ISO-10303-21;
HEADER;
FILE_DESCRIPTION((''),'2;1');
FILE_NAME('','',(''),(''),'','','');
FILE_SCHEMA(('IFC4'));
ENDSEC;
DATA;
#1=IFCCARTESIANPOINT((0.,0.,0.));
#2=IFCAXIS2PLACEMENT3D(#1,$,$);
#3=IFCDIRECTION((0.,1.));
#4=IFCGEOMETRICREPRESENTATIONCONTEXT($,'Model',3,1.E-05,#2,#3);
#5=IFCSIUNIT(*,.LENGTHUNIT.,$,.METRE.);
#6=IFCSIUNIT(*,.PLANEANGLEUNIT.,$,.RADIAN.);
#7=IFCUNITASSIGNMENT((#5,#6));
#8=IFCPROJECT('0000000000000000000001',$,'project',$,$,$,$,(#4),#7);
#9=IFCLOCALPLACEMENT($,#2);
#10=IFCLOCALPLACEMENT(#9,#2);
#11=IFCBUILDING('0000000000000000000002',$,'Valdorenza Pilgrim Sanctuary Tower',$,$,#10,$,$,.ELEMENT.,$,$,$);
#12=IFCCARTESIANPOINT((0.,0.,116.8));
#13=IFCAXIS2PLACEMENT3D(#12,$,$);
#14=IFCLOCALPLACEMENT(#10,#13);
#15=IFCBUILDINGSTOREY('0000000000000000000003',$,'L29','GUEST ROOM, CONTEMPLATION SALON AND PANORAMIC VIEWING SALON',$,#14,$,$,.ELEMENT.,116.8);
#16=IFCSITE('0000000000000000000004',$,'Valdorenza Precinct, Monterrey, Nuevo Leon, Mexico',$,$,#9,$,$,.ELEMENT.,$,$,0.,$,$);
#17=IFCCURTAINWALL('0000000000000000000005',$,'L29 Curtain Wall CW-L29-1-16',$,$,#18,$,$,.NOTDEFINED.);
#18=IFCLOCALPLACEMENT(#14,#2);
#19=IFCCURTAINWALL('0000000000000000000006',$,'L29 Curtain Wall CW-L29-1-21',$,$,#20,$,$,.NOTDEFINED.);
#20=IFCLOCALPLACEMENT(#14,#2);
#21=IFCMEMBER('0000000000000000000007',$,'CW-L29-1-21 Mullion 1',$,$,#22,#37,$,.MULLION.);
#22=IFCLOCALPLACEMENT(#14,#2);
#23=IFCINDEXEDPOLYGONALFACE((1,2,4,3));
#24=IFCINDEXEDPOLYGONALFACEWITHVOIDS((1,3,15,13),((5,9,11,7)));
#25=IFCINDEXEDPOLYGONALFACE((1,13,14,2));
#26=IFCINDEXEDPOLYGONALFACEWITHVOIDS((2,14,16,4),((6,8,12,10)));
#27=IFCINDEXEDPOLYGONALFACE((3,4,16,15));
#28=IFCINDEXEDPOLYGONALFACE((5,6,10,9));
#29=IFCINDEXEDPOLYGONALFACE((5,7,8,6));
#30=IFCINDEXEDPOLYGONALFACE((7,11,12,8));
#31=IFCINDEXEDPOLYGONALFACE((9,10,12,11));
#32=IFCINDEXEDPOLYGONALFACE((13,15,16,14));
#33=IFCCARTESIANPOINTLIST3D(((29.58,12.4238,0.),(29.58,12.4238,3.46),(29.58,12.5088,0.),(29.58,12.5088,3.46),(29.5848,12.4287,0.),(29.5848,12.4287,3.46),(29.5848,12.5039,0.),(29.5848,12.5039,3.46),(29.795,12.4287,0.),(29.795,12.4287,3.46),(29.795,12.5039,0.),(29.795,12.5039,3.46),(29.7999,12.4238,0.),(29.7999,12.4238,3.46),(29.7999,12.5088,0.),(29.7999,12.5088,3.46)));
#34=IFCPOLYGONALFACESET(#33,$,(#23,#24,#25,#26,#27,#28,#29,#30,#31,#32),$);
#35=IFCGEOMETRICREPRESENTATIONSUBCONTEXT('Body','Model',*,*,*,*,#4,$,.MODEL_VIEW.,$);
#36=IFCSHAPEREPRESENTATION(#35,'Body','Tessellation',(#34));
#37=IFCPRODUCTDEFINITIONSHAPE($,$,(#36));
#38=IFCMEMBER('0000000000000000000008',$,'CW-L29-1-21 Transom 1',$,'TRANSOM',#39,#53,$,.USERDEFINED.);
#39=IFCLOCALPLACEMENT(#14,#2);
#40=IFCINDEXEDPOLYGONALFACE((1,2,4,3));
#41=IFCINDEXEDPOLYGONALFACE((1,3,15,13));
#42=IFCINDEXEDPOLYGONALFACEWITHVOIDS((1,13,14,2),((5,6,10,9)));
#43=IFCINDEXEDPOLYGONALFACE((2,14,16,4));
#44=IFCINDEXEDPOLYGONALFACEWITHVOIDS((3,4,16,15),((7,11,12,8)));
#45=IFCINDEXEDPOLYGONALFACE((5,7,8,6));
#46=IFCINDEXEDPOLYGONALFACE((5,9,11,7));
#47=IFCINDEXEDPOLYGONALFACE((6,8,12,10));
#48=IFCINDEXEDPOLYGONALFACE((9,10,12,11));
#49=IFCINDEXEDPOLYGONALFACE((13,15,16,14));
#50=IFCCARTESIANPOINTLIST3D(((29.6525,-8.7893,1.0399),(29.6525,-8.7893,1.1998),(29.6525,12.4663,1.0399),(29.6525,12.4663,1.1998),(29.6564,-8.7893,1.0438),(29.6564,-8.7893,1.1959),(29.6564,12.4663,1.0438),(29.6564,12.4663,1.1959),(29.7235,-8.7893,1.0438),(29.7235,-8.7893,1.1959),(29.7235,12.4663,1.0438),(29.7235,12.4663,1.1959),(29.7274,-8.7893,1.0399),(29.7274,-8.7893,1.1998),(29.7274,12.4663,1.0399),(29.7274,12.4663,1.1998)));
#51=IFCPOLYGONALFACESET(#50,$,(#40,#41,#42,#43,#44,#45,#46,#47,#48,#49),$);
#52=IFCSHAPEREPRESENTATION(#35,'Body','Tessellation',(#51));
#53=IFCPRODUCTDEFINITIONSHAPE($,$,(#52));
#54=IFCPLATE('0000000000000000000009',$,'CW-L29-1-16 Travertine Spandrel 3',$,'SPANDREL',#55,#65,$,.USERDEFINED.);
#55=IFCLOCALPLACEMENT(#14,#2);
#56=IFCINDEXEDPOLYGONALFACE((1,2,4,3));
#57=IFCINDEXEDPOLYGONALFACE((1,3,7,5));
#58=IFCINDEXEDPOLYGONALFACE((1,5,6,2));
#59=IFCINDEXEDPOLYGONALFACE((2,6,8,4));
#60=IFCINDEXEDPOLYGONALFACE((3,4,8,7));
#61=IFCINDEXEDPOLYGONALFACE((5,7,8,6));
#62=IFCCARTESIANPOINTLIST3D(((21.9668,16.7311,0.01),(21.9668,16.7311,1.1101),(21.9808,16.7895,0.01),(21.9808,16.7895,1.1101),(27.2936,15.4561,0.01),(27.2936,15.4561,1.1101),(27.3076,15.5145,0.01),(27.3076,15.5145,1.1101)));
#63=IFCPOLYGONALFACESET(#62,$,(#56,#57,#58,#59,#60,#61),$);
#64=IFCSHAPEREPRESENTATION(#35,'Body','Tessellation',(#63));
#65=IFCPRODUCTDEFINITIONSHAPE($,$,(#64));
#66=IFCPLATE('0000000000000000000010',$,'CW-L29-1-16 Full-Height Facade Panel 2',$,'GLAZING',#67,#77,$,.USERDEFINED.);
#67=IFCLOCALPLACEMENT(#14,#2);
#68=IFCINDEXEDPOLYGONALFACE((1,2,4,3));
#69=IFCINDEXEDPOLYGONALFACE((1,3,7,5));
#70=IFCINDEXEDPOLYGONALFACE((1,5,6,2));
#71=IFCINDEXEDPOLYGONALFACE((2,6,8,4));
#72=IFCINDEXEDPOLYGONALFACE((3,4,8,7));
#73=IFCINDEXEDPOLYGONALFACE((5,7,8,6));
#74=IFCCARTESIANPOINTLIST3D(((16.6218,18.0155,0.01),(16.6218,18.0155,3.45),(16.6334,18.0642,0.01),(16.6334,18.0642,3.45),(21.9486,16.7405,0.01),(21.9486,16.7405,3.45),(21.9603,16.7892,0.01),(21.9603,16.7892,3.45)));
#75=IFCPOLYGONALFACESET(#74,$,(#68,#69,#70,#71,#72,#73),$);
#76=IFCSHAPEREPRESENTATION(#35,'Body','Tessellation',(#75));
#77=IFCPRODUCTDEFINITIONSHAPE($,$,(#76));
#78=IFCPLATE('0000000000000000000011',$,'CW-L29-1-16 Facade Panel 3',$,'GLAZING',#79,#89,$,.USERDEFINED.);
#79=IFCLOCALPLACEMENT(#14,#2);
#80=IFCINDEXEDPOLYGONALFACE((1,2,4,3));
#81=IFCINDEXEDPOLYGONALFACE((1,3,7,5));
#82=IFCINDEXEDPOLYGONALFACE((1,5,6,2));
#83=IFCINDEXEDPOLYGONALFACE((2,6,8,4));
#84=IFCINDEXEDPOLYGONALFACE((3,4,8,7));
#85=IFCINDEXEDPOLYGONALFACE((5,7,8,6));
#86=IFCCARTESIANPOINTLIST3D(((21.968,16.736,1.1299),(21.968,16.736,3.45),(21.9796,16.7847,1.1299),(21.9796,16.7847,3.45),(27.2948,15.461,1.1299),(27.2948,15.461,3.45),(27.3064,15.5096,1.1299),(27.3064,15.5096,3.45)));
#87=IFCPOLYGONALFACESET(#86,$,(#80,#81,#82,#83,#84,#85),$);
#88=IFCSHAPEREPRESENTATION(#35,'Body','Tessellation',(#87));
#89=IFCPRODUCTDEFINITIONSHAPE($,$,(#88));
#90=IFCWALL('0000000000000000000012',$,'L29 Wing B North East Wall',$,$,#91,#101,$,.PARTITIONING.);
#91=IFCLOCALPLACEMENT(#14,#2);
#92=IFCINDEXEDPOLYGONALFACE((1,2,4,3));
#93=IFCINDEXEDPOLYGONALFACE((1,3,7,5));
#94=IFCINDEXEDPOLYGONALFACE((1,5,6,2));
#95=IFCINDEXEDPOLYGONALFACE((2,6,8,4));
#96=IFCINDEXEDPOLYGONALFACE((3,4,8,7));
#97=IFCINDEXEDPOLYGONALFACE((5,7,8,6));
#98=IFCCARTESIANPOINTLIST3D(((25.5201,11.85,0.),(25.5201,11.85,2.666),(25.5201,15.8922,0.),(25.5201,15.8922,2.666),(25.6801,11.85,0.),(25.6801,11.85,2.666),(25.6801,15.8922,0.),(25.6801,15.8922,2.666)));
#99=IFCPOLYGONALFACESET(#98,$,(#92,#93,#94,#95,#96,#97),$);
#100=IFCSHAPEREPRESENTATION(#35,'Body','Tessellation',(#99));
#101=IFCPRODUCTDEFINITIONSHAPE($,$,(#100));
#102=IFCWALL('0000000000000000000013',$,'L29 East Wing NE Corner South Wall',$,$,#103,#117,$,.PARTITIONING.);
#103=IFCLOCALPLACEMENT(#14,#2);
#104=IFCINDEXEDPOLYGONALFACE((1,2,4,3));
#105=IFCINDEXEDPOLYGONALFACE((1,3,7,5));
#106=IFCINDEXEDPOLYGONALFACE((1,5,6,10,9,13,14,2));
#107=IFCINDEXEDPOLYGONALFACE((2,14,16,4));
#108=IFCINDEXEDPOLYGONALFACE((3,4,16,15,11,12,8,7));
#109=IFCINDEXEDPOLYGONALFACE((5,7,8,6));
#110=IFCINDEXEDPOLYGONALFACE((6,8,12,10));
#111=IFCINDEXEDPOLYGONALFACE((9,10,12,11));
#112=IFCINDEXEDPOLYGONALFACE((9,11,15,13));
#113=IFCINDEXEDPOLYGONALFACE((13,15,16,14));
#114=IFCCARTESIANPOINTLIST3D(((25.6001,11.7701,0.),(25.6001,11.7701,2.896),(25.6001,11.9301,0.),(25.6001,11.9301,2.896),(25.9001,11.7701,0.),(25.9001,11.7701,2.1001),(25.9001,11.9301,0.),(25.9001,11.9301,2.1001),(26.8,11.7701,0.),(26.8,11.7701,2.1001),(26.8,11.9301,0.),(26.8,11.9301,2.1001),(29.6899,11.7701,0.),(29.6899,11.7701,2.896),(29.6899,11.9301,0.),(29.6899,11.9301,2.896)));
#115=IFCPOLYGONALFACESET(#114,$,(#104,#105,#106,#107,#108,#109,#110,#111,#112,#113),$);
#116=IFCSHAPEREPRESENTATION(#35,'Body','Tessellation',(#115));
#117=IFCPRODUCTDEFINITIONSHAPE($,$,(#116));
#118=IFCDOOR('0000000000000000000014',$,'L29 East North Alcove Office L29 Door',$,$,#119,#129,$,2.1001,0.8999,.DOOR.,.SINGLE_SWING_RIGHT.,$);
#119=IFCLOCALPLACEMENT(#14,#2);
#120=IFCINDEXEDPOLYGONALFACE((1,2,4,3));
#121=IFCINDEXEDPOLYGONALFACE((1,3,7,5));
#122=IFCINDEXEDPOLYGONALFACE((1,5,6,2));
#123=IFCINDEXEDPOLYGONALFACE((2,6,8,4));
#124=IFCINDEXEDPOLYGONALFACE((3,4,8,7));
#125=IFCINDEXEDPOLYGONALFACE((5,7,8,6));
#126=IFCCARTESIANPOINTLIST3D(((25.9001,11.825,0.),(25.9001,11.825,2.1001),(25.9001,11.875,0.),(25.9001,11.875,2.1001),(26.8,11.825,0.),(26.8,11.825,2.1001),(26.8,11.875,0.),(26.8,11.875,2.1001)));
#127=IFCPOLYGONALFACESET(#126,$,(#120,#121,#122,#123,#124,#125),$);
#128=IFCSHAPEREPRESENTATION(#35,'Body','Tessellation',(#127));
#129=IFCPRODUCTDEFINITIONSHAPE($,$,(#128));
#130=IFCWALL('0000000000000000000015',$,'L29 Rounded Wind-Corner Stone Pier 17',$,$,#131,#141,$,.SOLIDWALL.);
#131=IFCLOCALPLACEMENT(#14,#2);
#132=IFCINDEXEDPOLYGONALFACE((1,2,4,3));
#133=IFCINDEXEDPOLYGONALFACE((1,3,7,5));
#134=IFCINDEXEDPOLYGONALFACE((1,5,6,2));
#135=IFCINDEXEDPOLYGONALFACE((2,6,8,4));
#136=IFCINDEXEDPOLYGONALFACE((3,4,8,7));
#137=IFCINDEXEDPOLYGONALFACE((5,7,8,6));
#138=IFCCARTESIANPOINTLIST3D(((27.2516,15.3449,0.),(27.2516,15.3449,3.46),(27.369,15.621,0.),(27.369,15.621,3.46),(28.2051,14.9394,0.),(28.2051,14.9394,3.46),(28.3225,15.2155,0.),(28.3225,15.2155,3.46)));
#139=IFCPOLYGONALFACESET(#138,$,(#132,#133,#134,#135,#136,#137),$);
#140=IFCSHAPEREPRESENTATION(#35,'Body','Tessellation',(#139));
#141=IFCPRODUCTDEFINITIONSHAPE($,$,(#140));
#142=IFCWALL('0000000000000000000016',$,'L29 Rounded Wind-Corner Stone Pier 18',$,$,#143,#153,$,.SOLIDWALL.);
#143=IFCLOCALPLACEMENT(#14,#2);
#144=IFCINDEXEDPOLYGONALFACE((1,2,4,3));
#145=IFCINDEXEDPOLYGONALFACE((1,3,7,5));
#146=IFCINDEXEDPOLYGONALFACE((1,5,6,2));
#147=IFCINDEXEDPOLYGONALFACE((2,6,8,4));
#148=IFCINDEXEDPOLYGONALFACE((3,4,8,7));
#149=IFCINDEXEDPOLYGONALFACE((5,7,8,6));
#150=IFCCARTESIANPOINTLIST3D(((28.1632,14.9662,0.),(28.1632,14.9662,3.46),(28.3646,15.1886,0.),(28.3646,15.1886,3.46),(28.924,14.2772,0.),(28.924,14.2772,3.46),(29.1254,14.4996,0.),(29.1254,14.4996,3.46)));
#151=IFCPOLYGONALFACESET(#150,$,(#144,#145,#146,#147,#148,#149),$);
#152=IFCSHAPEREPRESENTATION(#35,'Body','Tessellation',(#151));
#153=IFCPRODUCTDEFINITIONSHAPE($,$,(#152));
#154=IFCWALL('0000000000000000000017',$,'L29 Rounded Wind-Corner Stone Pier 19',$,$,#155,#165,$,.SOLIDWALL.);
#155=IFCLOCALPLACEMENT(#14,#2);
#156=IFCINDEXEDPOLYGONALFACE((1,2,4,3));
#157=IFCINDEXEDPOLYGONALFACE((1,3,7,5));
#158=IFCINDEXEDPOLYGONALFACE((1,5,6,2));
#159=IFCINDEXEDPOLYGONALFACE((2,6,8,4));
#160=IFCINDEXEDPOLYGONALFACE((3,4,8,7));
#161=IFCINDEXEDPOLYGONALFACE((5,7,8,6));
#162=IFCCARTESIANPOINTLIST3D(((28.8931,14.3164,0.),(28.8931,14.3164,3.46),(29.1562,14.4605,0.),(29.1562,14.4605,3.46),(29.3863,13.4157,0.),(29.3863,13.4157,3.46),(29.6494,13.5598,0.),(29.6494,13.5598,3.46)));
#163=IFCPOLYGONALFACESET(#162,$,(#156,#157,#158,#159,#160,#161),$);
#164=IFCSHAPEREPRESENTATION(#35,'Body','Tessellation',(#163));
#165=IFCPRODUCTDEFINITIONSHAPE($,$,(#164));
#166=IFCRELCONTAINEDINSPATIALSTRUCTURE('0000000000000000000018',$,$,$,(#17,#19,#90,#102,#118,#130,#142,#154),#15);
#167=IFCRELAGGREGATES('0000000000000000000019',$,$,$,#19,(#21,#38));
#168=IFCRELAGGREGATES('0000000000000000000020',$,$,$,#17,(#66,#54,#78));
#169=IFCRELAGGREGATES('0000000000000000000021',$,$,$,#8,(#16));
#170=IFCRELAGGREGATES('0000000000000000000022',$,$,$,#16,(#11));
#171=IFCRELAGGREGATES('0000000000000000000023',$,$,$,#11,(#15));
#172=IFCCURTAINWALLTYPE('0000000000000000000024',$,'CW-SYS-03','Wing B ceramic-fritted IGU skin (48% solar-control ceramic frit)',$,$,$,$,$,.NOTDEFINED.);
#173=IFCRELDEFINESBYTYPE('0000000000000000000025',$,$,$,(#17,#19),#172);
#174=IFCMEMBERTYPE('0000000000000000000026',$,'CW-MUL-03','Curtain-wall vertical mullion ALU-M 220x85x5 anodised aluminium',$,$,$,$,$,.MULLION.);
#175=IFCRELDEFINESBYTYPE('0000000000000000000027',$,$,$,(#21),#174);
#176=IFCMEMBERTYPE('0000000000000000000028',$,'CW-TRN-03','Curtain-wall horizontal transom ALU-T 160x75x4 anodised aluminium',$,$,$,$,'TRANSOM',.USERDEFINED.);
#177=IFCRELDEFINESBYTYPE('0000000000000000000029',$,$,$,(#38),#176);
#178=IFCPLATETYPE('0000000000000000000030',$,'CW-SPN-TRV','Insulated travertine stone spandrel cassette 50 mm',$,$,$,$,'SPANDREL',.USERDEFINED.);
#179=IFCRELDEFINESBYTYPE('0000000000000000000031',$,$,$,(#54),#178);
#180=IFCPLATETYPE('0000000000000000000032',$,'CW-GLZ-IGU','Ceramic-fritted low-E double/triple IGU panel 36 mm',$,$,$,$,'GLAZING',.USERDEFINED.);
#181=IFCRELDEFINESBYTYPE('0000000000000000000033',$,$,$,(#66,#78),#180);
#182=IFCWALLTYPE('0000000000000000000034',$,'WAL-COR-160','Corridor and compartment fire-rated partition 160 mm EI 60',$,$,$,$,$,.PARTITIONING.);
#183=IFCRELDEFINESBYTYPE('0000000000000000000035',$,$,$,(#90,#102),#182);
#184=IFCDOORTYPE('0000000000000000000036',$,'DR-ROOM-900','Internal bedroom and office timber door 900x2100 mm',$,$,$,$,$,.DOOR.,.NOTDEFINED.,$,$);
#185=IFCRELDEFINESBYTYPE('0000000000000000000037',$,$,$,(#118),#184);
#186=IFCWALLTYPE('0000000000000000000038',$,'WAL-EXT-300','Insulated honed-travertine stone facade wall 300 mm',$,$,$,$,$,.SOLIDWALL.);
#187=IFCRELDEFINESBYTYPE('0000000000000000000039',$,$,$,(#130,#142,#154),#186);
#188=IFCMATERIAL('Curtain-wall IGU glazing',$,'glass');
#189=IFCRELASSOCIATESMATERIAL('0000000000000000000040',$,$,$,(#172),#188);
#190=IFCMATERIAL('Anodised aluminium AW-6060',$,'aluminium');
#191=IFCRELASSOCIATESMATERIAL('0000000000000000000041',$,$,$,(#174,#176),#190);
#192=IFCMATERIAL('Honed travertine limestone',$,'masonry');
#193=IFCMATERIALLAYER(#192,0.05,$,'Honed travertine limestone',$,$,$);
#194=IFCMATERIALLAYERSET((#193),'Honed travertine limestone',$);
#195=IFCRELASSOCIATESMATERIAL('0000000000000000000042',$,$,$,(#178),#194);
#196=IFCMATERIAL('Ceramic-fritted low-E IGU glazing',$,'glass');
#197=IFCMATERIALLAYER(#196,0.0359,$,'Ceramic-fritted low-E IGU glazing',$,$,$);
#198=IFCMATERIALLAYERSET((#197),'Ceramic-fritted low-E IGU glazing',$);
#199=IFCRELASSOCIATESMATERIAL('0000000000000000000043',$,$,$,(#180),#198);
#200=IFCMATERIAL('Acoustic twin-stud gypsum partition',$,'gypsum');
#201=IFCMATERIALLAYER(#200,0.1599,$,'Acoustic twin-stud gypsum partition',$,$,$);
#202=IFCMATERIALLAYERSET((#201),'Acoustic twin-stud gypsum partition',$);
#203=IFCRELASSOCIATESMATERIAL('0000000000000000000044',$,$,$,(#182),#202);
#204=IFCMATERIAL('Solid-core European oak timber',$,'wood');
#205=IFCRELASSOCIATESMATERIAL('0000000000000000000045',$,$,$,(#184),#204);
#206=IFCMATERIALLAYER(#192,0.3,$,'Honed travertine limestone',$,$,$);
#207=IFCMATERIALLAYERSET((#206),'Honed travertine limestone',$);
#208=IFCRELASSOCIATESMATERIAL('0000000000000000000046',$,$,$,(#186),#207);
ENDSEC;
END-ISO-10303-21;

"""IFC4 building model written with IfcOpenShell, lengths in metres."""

from ifc_helpers import new_model, si_unit, direction, frame, frame_2d, origin, origin_2d, place, context, subcontext, project, spatial, rectangle, hollow_rectangle, extrude, source, transform, mapped, material, layer, layer_set, material_profile, profile_set, type_object, element, fill, aggregate, save


model = new_model("IFC4")

# Units and contexts
model_context = context("Model", 3, precision=1e-05, world=origin(), true_north=direction((0.0, 1.0)))
body_context = subcontext(model_context, "Body", "Model", "MODEL_VIEW")
ifc_project = project(units=[si_unit("LENGTHUNIT", "METRE"), si_unit("PLANEANGLEUNIT", "RADIAN")], contexts=[model_context])

# Site, building, storey
site_placement = place(None, origin())
site = spatial("IfcSite", under=ifc_project, at=site_placement, Name="Valdorenza Precinct, Monterrey, Nuevo Leon, Mexico", CompositionType="ELEMENT", RefElevation=0.0)
building_placement = place(site_placement, origin())
building = spatial("IfcBuilding", under=site, at=building_placement, Name="Valdorenza Pilgrim Sanctuary Tower", CompositionType="ELEMENT")
storey_placement = place(building_placement, frame((0.0, 0.0, 116.8)))
storey = spatial("IfcBuildingStorey", under=building, at=storey_placement, Name="L29", Description="GUEST ROOM, CONTEMPLATION SALON AND PANORAMIC VIEWING SALON", CompositionType="ELEMENT", Elevation=116.8)

# Curtain walls, members
ifc_material_1 = material(Name="Curtain-wall IGU glazing", Category="glass")
curtain_wall_type = type_object("IfcCurtainWallType", Name="CW-SYS-03", Description="Wing B ceramic-fritted IGU skin (48% solar-control ceramic frit)", PredefinedType="NOTDEFINED", material=ifc_material_1)
curtain_wall_1_placement = place(storey_placement, origin())
curtain_wall_1 = element("IfcCurtainWall", 1, at=curtain_wall_1_placement, inside=storey, type_object=curtain_wall_type, Name="L29 Curtain Wall CW-L29-1-16", PredefinedType="NOTDEFINED")
ifc_material_2 = material(Name="Anodised aluminium AW-6060", Category="aluminium")
ifc_material_profile_1 = material_profile(ifc_material_2, hollow_rectangle(XDim=0.085, YDim=0.22, WallThickness=0.0049, at=origin_2d()), Name="ALU-M 220x85x5")
ifc_profile_set_1 = profile_set([ifc_material_profile_1], Name="Anodised aluminium AW-6060")
member_type_1 = type_object("IfcMemberType", Name="CW-MUL-03", Description="Curtain-wall vertical mullion ALU-M 220x85x5 anodised aluminium", PredefinedType="MULLION", material=ifc_profile_set_1)
shared_shape_1 = source(origin(), body_context, "Body", "SweptSolid", [
    extrude(hollow_rectangle(XDim=0.085, YDim=0.22, WallThickness=0.0049, at=origin_2d()), origin(), (0.0, 0.0, 1.0), 3.46),
])
curtain_wall_2_placement = place(storey_placement, origin())
curtain_wall_2 = element("IfcCurtainWall", 2, at=curtain_wall_2_placement, inside=storey, type_object=curtain_wall_type, Name="L29 Curtain Wall CW-L29-1-21", PredefinedType="NOTDEFINED")
member_1_placement = place(storey_placement, frame((29.6899, 12.4663, 0.0), z_axis=(0.0, 0.0, 1.0), x_axis=(0.0, -1.0, 0.0)))
member_1 = element("IfcMember", 3, at=member_1_placement, type_object=member_type_1, Name="CW-L29-1-21 Mullion 1", PredefinedType="MULLION", context=body_context, shape_type="MappedRepresentation", body=[
    mapped(shared_shape_1, transform((0.0, 0.0, 0.0), x_axis=(1.0, 0.0, 0.0), y_axis=(0.0, 1.0, 0.0), z_axis=(0.0, 0.0, 1.0), scale=1.0)),
])
ifc_material_profile_2 = material_profile(ifc_material_2, hollow_rectangle(XDim=0.075, YDim=0.1599, WallThickness=0.0039, at=origin_2d()), Name="ALU-T 160x75x4")
ifc_profile_set_2 = profile_set([ifc_material_profile_2], Name="Anodised aluminium AW-6060")
member_type_2 = type_object("IfcMemberType", Name="CW-TRN-03", Description="Curtain-wall horizontal transom ALU-T 160x75x4 anodised aluminium", ElementType="TRANSOM", PredefinedType="USERDEFINED", material=ifc_profile_set_2)
shared_shape_2 = source(origin(), body_context, "Body", "SweptSolid", [
    extrude(hollow_rectangle(XDim=0.075, YDim=0.1599, WallThickness=0.0039, at=origin_2d()), origin(), (0.0, 0.0, 1.0), 21.2556),
])
member_2_placement = place(storey_placement, frame((29.6899, 12.4663, 1.1199), z_axis=(0.0, -1.0, 0.0), x_axis=(1.0, 0.0, 0.0)))
member_2 = element("IfcMember", 4, at=member_2_placement, type_object=member_type_2, Name="CW-L29-1-21 Transom 1", ObjectType="TRANSOM", PredefinedType="USERDEFINED", context=body_context, shape_type="MappedRepresentation", body=[
    mapped(shared_shape_2, transform((0.0, 0.0, 0.0), x_axis=(1.0, 0.0, 0.0), y_axis=(0.0, 1.0, 0.0), z_axis=(0.0, 0.0, 1.0), scale=1.0)),
])
aggregate(curtain_wall_2, [member_1, member_2])

# Plates
ifc_material_3 = material(Name="Honed travertine limestone", Category="masonry")
ifc_layer_1 = layer(ifc_material_3, 0.05, Name="Honed travertine limestone")
ifc_layer_set_1 = layer_set([ifc_layer_1], Name="Honed travertine limestone")
plate_type_1 = type_object("IfcPlateType", Name="CW-SPN-TRV", Description="Insulated travertine stone spandrel cassette 50 mm", ElementType="SPANDREL", PredefinedType="USERDEFINED", material=ifc_layer_set_1)
shared_shape_3 = source(origin(), body_context, "Body", "SweptSolid", [
    extrude(rectangle(XDim=5.4773, YDim=0.0601, at=origin_2d()), origin(), (0.0, 0.0, 1.0), 1.1001),
])
plate_1_placement = place(storey_placement, frame((24.6372, 16.1228, 0.01), z_axis=(0.0, 0.0, 1.0), x_axis=(0.972529, -0.232783, 0.0)))
plate_1 = element("IfcPlate", 5, at=plate_1_placement, type_object=plate_type_1, Name="CW-L29-1-16 Travertine Spandrel 3", ObjectType="SPANDREL", PredefinedType="USERDEFINED", context=body_context, shape_type="MappedRepresentation", body=[
    mapped(shared_shape_3, transform((0.0, 0.0, 0.0), x_axis=(1.0, 0.0, 0.0), y_axis=(0.0, 1.0, 0.0), z_axis=(0.0, 0.0, 1.0), scale=1.0)),
])
ifc_material_4 = material(Name="Ceramic-fritted low-E IGU glazing", Category="glass")
ifc_layer_2 = layer(ifc_material_4, 0.0359, Name="Ceramic-fritted low-E IGU glazing")
ifc_layer_set_2 = layer_set([ifc_layer_2], Name="Ceramic-fritted low-E IGU glazing")
plate_type_2 = type_object("IfcPlateType", Name="CW-GLZ-IGU", Description="Ceramic-fritted low-E double/triple IGU panel 36 mm", ElementType="GLAZING", PredefinedType="USERDEFINED", material=ifc_layer_set_2)
shared_shape_4 = source(origin(), body_context, "Body", "SweptSolid", [
    extrude(rectangle(XDim=5.4773, YDim=0.05, at=origin_2d()), origin(), (0.0, 0.0, 1.0), 3.4399),
])
plate_2_placement = place(storey_placement, frame((19.291, 17.4023, 0.01), z_axis=(0.0, 0.0, 1.0), x_axis=(0.972529, -0.232783, 0.0)))
plate_2 = element("IfcPlate", 6, at=plate_2_placement, type_object=plate_type_2, Name="CW-L29-1-16 Full-Height Facade Panel 2", ObjectType="GLAZING", PredefinedType="USERDEFINED", context=body_context, shape_type="MappedRepresentation", body=[
    mapped(shared_shape_4, transform((0.0, 0.0, 0.0), x_axis=(1.0, 0.0, 0.0), y_axis=(0.0, 1.0, 0.0), z_axis=(0.0, 0.0, 1.0), scale=1.0)),
])
shared_shape_5 = source(origin(), body_context, "Body", "SweptSolid", [
    extrude(rectangle(XDim=5.4773, YDim=0.05, at=origin_2d()), origin(), (0.0, 0.0, 1.0), 2.3201),
])
plate_3_placement = place(storey_placement, frame((24.6372, 16.1228, 1.1299), z_axis=(0.0, 0.0, 1.0), x_axis=(0.972529, -0.232783, 0.0)))
plate_3 = element("IfcPlate", 7, at=plate_3_placement, type_object=plate_type_2, Name="CW-L29-1-16 Facade Panel 3", ObjectType="GLAZING", PredefinedType="USERDEFINED", context=body_context, shape_type="MappedRepresentation", body=[
    mapped(shared_shape_5, transform((0.0, 0.0, 0.0), x_axis=(1.0, 0.0, 0.0), y_axis=(0.0, 1.0, 0.0), z_axis=(0.0, 0.0, 1.0), scale=1.0)),
])
aggregate(curtain_wall_1, [plate_2, plate_1, plate_3])

# Wall
ifc_material_5 = material(Name="Acoustic twin-stud gypsum partition", Category="gypsum")
ifc_layer_3 = layer(ifc_material_5, 0.1599, Name="Acoustic twin-stud gypsum partition")
ifc_layer_set_3 = layer_set([ifc_layer_3], Name="Acoustic twin-stud gypsum partition")
wall_type_1 = type_object("IfcWallType", Name="WAL-COR-160", Description="Corridor and compartment fire-rated partition 160 mm EI 60", PredefinedType="PARTITIONING", material=ifc_layer_set_3)
wall_1_placement = place(storey_placement, frame((25.6001, 11.8501, 0.0), z_axis=(0.0, 0.0, 1.0), x_axis=(0.0, 1.0, 0.0)))
element("IfcWall", 8, at=wall_1_placement, inside=storey, type_object=wall_type_1, Name="L29 Wing B North East Wall", PredefinedType="PARTITIONING", context=body_context, shape_type="SweptSolid", body=[
    extrude(rectangle(XDim=4.0422, YDim=0.1599, at=frame_2d((2.021, 0.0))), origin(), (0.0, 0.0, 1.0), 2.666),
])

# Wall, opening, door
wall_2_placement = place(storey_placement, frame((25.6001, 11.8501, 0.0), z_axis=(0.0, 0.0, 1.0), x_axis=(1.0, 0.0, 0.0)))
wall_2 = element("IfcWall", 9, at=wall_2_placement, inside=storey, type_object=wall_type_1, Name="L29 East Wing NE Corner South Wall", PredefinedType="PARTITIONING", context=body_context, shape_type="SweptSolid", body=[
    extrude(rectangle(XDim=4.0898, YDim=0.1599, at=frame_2d((2.0449, 0.0))), origin(), (0.0, 0.0, 1.0), 2.896),
])
opening_1_placement = place(wall_2_placement, frame((0.3, 0.0, 0.0)))
opening_1 = element("IfcOpeningElement", 10, at=opening_1_placement, cuts=wall_2, PredefinedType="OPENING", context=body_context, shape_type="SweptSolid", body=[
    extrude(rectangle(XDim=0.8999, YDim=2.1001, at=frame_2d((0.45, 1.05))), frame((0.0, 0.0947, 0.0), z_axis=(0.0, -1.0, 0.0), x_axis=(1.0, 0.0, 0.0)), (0.0, 0.0, 1.0), 0.1897),
])
ifc_material_6 = material(Name="Solid-core European oak timber", Category="wood")
door_type_1 = type_object("IfcDoorType", Name="DR-ROOM-900", Description="Internal bedroom and office timber door 900x2100 mm", OperationType="NOTDEFINED", PredefinedType="DOOR", material=ifc_material_6)
door_1_placement = place(opening_1_placement, origin())
door_1 = element("IfcDoor", 11, at=door_1_placement, inside=storey, type_object=door_type_1, Name="L29 East North Alcove Office L29 Door", OperationType="SINGLE_SWING_RIGHT", OverallHeight=2.1001, OverallWidth=0.8999, PredefinedType="DOOR", context=body_context, shape_type="SweptSolid", body=[
    extrude(rectangle(XDim=0.8999, YDim=2.1001, at=frame_2d((0.45, 1.05))), frame((0.0, 0.0249, 0.0), z_axis=(0.0, -1.0, 0.0), x_axis=(1.0, 0.0, 0.0)), (0.0, 0.0, 1.0), 0.05),
])
fill(opening_1, door_1)

# Walls
ifc_layer_4 = layer(ifc_material_3, 0.3, Name="Honed travertine limestone")
ifc_layer_set_4 = layer_set([ifc_layer_4], Name="Honed travertine limestone")
wall_type_2 = type_object("IfcWallType", Name="WAL-EXT-300", Description="Insulated honed-travertine stone facade wall 300 mm", PredefinedType="SOLIDWALL", material=ifc_layer_set_4)
wall_3_placement = place(storey_placement, frame((27.3103, 15.4829, 0.0), z_axis=(0.0, 0.0, 1.0), x_axis=(0.92025, -0.39133, 0.0)))
element("IfcWall", 12, at=wall_3_placement, inside=storey, type_object=wall_type_2, Name="L29 Rounded Wind-Corner Stone Pier 17", PredefinedType="SOLIDWALL", context=body_context, shape_type="SweptSolid", body=[
    extrude(rectangle(XDim=1.0361, YDim=0.3, at=frame_2d((0.5181, 0.0))), origin(), (0.0, 0.0, 1.0), 3.46),
])
wall_4_placement = place(storey_placement, frame((28.2639, 15.0774, 0.0), z_axis=(0.0, 0.0, 1.0), x_axis=(0.741209, -0.671275, 0.0)))
element("IfcWall", 13, at=wall_4_placement, inside=storey, type_object=wall_type_2, Name="L29 Rounded Wind-Corner Stone Pier 18", PredefinedType="SOLIDWALL", context=body_context, shape_type="SweptSolid", body=[
    extrude(rectangle(XDim=1.0264, YDim=0.3, at=frame_2d((0.5132, 0.0))), origin(), (0.0, 0.0, 1.0), 3.46),
])
wall_5_placement = place(storey_placement, frame((29.0247, 14.3884, 0.0), z_axis=(0.0, 0.0, 1.0), x_axis=(0.480284, -0.877113, 0.0)))
element("IfcWall", 14, at=wall_5_placement, inside=storey, type_object=wall_type_2, Name="L29 Rounded Wind-Corner Stone Pier 19", PredefinedType="SOLIDWALL", context=body_context, shape_type="SweptSolid", body=[
    extrude(rectangle(XDim=1.0269, YDim=0.3, at=frame_2d((0.5134, 0.0))), origin(), (0.0, 0.0, 1.0), 3.46),
])

save(model, "model.ifc")
